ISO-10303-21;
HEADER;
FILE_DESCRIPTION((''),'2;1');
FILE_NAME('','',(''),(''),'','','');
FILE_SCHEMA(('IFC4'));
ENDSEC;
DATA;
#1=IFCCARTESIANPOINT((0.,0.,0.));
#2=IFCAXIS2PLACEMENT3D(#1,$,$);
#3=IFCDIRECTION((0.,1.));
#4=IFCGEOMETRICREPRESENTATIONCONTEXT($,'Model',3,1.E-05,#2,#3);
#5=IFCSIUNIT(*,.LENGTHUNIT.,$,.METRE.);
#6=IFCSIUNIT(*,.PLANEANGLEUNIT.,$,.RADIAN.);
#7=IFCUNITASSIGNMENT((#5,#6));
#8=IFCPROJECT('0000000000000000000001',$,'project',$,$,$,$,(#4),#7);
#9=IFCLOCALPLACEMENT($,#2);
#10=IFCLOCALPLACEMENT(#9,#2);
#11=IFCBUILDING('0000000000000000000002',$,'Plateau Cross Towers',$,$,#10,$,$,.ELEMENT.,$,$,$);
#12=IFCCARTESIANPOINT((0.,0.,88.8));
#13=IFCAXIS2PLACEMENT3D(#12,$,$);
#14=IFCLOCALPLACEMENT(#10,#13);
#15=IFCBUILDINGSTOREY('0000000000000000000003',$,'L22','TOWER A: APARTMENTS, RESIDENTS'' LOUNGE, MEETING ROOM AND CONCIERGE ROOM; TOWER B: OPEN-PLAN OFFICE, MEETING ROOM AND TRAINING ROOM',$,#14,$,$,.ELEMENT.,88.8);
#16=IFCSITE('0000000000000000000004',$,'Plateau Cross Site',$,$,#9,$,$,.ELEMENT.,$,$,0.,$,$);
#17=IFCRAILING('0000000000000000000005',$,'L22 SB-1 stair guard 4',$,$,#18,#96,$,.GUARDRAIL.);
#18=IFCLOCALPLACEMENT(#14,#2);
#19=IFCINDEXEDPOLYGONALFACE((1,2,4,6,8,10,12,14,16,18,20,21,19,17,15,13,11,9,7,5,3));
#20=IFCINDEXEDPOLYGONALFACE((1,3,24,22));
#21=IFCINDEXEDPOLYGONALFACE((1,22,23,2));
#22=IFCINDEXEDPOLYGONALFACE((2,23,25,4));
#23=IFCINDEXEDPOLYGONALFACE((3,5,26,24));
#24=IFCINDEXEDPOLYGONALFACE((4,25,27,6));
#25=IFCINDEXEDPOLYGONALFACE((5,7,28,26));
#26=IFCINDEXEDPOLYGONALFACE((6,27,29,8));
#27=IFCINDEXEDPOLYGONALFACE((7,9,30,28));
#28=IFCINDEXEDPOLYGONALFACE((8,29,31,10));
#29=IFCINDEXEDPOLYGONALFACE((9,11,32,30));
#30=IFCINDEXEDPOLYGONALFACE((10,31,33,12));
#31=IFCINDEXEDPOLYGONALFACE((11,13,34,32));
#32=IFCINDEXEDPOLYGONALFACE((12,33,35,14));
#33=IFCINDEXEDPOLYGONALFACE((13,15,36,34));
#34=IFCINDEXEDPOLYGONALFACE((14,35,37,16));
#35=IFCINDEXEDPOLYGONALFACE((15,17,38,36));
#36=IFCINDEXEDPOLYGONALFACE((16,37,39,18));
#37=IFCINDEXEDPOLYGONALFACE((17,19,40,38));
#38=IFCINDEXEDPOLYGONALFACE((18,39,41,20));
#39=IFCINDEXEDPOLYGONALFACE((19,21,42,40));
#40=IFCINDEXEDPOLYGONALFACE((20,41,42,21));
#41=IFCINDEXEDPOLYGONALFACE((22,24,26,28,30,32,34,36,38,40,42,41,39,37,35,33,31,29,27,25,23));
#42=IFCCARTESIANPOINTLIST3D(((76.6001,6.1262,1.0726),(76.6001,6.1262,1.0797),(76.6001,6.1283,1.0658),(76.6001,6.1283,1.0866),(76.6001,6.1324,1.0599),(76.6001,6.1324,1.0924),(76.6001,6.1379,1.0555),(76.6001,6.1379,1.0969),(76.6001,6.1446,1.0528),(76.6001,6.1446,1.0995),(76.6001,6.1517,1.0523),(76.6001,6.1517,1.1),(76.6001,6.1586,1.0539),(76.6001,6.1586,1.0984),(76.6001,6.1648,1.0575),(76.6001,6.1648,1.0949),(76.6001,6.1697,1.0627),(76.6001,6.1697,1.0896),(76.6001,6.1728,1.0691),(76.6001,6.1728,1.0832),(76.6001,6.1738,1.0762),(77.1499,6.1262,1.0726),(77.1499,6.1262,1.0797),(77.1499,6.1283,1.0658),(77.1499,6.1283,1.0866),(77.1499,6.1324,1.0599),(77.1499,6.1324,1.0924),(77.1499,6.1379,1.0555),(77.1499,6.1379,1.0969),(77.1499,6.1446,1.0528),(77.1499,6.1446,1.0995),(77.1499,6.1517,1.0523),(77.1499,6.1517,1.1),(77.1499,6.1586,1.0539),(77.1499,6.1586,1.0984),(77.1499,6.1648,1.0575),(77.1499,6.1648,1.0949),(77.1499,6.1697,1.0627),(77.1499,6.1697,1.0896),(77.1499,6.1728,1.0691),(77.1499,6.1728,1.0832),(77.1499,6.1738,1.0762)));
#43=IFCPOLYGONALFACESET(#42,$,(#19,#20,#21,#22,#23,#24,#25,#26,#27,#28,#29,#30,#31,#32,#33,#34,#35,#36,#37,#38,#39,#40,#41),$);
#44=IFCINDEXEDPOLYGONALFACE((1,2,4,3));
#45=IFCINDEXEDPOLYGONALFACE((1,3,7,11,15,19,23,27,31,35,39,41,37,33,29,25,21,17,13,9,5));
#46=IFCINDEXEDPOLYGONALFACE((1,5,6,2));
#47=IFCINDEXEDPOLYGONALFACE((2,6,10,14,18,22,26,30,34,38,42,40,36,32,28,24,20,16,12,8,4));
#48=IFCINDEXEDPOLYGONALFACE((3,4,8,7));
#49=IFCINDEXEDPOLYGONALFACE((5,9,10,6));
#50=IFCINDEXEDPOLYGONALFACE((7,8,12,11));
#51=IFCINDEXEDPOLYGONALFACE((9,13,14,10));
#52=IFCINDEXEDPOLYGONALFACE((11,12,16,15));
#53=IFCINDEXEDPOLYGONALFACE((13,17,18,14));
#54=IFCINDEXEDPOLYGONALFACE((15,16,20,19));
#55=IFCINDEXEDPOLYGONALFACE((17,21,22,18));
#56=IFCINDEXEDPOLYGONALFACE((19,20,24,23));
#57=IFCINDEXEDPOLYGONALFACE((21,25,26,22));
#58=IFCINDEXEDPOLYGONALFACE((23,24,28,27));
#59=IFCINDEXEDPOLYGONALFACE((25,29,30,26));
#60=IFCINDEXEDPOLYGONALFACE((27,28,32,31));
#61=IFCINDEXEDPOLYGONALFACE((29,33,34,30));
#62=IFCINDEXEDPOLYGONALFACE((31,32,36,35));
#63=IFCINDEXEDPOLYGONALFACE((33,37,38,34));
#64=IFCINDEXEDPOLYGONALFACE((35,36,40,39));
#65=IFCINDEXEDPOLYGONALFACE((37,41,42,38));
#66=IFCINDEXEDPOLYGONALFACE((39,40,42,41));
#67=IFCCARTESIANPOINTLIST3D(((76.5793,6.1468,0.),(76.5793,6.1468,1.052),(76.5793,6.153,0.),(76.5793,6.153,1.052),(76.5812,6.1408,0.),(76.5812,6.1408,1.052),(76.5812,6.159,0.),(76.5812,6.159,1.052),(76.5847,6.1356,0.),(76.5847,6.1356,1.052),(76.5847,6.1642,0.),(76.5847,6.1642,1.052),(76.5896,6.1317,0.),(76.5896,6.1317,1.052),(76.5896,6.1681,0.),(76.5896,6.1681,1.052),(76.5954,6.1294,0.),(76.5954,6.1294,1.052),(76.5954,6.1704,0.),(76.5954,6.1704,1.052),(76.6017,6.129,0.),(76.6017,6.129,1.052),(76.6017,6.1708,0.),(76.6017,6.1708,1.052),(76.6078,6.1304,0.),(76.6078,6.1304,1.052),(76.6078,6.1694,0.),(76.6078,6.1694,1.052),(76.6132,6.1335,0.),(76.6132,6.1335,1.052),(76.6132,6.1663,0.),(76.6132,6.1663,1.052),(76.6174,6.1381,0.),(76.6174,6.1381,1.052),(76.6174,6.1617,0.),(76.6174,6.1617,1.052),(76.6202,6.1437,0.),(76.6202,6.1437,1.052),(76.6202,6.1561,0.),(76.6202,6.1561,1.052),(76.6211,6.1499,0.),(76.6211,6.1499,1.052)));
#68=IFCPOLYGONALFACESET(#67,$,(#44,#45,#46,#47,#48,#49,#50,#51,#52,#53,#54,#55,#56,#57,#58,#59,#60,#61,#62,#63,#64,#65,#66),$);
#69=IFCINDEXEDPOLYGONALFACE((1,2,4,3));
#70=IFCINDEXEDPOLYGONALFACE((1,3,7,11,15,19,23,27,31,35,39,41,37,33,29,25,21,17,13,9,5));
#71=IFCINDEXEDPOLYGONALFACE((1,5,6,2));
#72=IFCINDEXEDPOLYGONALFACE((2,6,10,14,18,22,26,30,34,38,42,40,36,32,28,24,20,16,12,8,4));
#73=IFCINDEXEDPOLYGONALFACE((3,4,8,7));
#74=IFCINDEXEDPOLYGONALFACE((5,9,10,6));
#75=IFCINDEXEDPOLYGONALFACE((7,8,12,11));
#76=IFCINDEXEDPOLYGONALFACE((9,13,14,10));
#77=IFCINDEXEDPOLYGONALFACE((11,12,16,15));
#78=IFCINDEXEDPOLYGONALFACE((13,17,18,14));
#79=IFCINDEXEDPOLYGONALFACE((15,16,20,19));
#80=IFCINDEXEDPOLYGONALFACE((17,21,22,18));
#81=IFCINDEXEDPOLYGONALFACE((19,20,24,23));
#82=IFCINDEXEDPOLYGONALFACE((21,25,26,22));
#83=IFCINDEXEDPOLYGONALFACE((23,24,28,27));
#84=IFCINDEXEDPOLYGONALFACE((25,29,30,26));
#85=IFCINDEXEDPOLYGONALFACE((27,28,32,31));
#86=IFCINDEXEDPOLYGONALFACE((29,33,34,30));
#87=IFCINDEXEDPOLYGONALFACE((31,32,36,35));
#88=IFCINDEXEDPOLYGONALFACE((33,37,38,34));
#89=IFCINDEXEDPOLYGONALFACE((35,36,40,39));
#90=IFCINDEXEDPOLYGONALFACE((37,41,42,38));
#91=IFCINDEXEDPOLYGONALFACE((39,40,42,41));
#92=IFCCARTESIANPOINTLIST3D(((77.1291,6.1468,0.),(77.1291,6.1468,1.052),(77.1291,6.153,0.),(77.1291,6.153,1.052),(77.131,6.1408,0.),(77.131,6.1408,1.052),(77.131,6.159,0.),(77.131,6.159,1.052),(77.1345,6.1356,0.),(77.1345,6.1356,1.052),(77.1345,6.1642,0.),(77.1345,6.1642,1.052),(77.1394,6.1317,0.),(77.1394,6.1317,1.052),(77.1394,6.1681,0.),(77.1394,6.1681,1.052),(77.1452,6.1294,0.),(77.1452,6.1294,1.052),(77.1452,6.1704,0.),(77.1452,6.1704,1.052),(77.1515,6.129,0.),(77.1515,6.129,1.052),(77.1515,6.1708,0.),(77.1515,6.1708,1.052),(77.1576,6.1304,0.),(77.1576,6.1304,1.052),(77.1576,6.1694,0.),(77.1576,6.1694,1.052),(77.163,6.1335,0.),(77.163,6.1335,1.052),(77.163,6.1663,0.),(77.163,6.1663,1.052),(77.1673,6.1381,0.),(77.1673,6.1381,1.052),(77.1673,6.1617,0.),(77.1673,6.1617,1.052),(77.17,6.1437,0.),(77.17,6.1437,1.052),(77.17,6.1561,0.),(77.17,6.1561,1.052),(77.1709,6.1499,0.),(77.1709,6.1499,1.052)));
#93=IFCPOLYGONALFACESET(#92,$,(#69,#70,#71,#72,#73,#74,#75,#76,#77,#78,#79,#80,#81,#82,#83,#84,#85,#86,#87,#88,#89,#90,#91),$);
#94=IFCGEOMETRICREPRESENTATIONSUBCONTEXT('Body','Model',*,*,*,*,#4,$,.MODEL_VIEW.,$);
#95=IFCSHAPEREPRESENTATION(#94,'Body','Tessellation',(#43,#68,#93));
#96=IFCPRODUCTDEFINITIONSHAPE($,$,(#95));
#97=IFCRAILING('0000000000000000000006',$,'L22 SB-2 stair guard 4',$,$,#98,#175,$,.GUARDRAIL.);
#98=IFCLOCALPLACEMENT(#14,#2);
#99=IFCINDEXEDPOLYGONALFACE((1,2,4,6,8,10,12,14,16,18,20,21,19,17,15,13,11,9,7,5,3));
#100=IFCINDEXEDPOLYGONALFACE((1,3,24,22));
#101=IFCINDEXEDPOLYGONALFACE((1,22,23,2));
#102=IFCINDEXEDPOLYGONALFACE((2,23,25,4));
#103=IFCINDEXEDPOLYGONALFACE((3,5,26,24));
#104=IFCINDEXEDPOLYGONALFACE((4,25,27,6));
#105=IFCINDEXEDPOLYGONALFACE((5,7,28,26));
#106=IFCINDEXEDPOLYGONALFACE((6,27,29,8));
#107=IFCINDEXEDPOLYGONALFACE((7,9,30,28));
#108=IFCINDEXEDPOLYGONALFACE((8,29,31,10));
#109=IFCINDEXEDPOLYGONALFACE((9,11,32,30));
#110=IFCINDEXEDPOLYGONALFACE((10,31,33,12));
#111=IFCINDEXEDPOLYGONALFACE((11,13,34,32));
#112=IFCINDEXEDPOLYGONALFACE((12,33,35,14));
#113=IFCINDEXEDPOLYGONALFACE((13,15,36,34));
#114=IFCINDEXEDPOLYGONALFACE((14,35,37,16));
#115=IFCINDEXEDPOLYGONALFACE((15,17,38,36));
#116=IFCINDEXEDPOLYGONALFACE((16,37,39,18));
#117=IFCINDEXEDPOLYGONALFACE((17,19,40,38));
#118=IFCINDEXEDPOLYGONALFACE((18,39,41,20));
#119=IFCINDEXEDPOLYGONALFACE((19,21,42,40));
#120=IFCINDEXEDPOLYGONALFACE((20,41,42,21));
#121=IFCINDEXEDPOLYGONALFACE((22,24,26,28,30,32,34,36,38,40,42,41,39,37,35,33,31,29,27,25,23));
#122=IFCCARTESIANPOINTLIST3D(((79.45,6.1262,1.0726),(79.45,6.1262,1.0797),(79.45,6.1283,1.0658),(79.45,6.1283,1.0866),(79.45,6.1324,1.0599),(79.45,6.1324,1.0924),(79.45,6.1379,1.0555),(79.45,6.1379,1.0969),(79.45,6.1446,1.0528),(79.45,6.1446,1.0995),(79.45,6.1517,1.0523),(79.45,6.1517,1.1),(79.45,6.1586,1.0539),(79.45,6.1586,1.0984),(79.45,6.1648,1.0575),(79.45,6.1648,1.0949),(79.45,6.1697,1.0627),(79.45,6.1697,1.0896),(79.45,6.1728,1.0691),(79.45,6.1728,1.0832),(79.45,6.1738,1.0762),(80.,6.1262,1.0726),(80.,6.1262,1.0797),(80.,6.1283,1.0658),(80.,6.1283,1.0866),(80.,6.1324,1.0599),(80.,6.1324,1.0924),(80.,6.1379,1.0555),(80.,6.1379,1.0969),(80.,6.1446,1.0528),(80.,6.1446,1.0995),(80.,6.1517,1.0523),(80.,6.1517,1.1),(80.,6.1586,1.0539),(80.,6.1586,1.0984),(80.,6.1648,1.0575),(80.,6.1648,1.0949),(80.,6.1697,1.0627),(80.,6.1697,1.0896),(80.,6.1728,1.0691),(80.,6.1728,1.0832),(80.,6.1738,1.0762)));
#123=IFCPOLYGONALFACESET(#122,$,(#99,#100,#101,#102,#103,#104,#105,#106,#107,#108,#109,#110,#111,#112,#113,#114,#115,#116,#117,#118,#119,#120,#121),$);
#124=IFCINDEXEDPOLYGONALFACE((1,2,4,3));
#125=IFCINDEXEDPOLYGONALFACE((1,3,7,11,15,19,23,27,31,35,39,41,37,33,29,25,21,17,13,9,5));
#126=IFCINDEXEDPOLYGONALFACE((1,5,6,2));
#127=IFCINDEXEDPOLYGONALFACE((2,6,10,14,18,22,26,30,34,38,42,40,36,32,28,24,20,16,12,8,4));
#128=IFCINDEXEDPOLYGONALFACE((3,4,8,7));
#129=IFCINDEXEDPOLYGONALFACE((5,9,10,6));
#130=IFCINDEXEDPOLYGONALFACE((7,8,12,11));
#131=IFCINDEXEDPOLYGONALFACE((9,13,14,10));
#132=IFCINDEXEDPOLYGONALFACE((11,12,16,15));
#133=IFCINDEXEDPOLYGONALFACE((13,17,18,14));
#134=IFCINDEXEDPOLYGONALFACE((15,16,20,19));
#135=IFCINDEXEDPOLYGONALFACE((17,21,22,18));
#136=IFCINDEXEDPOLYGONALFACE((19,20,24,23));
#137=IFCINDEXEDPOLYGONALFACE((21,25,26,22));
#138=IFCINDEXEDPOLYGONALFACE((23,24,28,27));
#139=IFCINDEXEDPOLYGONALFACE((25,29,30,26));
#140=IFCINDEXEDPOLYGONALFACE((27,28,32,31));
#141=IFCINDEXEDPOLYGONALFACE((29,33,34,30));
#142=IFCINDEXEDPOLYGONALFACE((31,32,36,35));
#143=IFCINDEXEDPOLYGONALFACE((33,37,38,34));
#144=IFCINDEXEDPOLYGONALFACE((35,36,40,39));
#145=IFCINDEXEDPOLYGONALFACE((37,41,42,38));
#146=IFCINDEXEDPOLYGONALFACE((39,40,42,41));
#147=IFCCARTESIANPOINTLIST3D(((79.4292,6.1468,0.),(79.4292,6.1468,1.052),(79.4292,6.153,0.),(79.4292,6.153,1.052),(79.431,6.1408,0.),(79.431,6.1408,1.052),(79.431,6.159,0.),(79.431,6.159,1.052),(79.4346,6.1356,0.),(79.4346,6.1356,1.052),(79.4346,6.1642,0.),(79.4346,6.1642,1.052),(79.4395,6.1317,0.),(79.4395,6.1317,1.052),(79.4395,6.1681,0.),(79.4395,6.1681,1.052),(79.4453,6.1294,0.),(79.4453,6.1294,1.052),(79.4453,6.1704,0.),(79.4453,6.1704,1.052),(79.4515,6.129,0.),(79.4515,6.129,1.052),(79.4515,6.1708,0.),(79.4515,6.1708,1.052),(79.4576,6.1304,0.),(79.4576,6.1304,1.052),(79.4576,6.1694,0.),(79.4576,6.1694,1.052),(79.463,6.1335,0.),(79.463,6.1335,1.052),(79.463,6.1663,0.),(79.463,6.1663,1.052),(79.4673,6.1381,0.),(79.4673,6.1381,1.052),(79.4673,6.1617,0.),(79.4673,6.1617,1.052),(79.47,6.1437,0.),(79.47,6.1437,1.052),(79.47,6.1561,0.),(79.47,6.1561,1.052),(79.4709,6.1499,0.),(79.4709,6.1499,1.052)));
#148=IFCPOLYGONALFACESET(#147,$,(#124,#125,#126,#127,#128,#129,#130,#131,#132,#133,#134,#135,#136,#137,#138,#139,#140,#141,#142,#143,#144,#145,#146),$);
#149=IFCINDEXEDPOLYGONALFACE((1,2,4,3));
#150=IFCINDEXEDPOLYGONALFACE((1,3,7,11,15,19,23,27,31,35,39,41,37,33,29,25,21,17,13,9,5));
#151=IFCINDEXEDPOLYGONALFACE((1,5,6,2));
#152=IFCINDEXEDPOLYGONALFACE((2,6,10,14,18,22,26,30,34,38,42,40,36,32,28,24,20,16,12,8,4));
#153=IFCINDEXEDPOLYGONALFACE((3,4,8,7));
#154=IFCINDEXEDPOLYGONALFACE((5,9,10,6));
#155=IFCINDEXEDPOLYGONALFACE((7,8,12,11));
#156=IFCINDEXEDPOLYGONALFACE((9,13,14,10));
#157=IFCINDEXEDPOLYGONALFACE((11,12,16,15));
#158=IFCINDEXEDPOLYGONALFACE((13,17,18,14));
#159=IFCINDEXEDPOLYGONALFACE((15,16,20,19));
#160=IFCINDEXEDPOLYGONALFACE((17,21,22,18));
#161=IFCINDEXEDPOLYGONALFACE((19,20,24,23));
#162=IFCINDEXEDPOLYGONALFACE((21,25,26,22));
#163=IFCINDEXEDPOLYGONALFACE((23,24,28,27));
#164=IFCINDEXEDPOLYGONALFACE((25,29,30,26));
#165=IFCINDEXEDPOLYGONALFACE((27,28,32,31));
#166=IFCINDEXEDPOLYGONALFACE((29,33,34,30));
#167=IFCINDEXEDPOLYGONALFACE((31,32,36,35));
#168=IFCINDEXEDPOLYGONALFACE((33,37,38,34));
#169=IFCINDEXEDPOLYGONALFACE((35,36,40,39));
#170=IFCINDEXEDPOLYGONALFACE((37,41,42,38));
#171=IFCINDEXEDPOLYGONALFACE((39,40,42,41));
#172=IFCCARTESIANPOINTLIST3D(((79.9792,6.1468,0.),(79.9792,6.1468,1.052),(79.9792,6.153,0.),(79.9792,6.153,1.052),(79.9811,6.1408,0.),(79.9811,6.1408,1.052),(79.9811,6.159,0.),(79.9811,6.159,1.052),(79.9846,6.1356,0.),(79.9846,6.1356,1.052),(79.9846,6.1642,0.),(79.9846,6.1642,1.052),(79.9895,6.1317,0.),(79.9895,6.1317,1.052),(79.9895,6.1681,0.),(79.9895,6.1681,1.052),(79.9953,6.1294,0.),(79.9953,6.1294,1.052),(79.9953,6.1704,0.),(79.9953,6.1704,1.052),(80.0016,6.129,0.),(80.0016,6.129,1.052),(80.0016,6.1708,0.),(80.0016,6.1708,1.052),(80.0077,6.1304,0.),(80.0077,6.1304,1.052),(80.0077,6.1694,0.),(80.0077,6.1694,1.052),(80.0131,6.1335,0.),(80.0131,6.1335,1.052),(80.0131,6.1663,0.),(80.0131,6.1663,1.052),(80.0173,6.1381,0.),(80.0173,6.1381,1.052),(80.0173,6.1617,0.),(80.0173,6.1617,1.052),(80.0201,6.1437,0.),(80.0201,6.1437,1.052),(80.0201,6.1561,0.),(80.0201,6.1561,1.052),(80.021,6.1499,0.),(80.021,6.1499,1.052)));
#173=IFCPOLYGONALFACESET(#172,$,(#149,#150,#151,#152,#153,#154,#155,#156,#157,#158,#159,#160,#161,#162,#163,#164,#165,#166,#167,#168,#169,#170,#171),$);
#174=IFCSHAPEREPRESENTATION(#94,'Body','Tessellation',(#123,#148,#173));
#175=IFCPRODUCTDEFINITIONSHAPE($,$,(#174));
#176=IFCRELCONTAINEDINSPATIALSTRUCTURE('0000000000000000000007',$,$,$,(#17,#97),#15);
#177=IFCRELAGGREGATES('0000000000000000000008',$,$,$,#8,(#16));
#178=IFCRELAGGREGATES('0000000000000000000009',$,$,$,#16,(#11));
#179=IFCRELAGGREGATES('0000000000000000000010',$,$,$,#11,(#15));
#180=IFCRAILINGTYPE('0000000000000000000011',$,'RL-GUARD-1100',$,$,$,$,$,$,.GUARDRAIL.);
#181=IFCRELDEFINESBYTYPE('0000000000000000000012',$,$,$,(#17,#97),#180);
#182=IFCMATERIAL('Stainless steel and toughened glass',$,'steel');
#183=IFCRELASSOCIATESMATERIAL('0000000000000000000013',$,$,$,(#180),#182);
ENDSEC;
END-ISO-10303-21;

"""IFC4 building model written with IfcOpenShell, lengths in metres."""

from ifc_helpers import new_model, si_unit, direction, frame, origin, origin_2d, place, context, subcontext, project, spatial, circle, extrude, material, type_object, element, save


model = new_model("IFC4")

# Units and contexts
model_context = context("Model", 3, precision=1e-05, world=origin(), true_north=direction((0.0, 1.0)))
body_context = subcontext(model_context, "Body", "Model", "MODEL_VIEW")
ifc_project = project(units=[si_unit("LENGTHUNIT", "METRE"), si_unit("PLANEANGLEUNIT", "RADIAN")], contexts=[model_context])

# Site, building, storey
site_placement = place(None, origin())
site = spatial("IfcSite", under=ifc_project, at=site_placement, Name="Plateau Cross Site", CompositionType="ELEMENT", RefElevation=0.0)
building_placement = place(site_placement, origin())
building = spatial("IfcBuilding", under=site, at=building_placement, Name="Plateau Cross Towers", CompositionType="ELEMENT")
storey_placement = place(building_placement, frame((0.0, 0.0, 88.8)))
storey = spatial("IfcBuildingStorey", under=building, at=storey_placement, Name="L22", Description="TOWER A: APARTMENTS, RESIDENTS' LOUNGE, MEETING ROOM AND CONCIERGE ROOM; TOWER B: OPEN-PLAN OFFICE, MEETING ROOM AND TRAINING ROOM", CompositionType="ELEMENT", Elevation=88.8)

# Railings
ifc_material_1 = material(Name="Stainless steel and toughened glass", Category="steel")
railing_type = type_object("IfcRailingType", Name="RL-GUARD-1100", PredefinedType="GUARDRAIL", material=ifc_material_1)
railing_1_placement = place(storey_placement, frame((76.6001, 6.1499, 0.0)))
element("IfcRailing", 1, at=railing_1_placement, inside=storey, type_object=railing_type, Name="L22 SB-1 stair guard 4", PredefinedType="GUARDRAIL", context=body_context, shape_type="SweptSolid", body=[
    extrude(circle(Radius=0.0239, at=origin_2d()), frame((0.0, 0.0, 1.0762), z_axis=(1.0, 0.0, 0.0), x_axis=(0.0, 1.0, 0.0)), (0.0, 0.0, 1.0), 0.5498),
    extrude(circle(Radius=0.021, at=origin_2d()), origin(), (0.0, 0.0, 1.0), 1.052),
    extrude(circle(Radius=0.021, at=origin_2d()), frame((0.5498, 0.0, 0.0)), (0.0, 0.0, 1.0), 1.052),
])
railing_2_placement = place(storey_placement, frame((79.45, 6.1499, 0.0)))
element("IfcRailing", 2, at=railing_2_placement, inside=storey, type_object=railing_type, Name="L22 SB-2 stair guard 4", PredefinedType="GUARDRAIL", context=body_context, shape_type="SweptSolid", body=[
    extrude(circle(Radius=0.0239, at=origin_2d()), frame((0.0, 0.0, 1.0762), z_axis=(1.0, 0.0, 0.0), x_axis=(0.0, 1.0, 0.0)), (0.0, 0.0, 1.0), 0.55),
    extrude(circle(Radius=0.021, at=origin_2d()), origin(), (0.0, 0.0, 1.0), 1.052),
    extrude(circle(Radius=0.021, at=origin_2d()), frame((0.55, 0.0, 0.0)), (0.0, 0.0, 1.0), 1.052),
])

save(model, "model.ifc")
